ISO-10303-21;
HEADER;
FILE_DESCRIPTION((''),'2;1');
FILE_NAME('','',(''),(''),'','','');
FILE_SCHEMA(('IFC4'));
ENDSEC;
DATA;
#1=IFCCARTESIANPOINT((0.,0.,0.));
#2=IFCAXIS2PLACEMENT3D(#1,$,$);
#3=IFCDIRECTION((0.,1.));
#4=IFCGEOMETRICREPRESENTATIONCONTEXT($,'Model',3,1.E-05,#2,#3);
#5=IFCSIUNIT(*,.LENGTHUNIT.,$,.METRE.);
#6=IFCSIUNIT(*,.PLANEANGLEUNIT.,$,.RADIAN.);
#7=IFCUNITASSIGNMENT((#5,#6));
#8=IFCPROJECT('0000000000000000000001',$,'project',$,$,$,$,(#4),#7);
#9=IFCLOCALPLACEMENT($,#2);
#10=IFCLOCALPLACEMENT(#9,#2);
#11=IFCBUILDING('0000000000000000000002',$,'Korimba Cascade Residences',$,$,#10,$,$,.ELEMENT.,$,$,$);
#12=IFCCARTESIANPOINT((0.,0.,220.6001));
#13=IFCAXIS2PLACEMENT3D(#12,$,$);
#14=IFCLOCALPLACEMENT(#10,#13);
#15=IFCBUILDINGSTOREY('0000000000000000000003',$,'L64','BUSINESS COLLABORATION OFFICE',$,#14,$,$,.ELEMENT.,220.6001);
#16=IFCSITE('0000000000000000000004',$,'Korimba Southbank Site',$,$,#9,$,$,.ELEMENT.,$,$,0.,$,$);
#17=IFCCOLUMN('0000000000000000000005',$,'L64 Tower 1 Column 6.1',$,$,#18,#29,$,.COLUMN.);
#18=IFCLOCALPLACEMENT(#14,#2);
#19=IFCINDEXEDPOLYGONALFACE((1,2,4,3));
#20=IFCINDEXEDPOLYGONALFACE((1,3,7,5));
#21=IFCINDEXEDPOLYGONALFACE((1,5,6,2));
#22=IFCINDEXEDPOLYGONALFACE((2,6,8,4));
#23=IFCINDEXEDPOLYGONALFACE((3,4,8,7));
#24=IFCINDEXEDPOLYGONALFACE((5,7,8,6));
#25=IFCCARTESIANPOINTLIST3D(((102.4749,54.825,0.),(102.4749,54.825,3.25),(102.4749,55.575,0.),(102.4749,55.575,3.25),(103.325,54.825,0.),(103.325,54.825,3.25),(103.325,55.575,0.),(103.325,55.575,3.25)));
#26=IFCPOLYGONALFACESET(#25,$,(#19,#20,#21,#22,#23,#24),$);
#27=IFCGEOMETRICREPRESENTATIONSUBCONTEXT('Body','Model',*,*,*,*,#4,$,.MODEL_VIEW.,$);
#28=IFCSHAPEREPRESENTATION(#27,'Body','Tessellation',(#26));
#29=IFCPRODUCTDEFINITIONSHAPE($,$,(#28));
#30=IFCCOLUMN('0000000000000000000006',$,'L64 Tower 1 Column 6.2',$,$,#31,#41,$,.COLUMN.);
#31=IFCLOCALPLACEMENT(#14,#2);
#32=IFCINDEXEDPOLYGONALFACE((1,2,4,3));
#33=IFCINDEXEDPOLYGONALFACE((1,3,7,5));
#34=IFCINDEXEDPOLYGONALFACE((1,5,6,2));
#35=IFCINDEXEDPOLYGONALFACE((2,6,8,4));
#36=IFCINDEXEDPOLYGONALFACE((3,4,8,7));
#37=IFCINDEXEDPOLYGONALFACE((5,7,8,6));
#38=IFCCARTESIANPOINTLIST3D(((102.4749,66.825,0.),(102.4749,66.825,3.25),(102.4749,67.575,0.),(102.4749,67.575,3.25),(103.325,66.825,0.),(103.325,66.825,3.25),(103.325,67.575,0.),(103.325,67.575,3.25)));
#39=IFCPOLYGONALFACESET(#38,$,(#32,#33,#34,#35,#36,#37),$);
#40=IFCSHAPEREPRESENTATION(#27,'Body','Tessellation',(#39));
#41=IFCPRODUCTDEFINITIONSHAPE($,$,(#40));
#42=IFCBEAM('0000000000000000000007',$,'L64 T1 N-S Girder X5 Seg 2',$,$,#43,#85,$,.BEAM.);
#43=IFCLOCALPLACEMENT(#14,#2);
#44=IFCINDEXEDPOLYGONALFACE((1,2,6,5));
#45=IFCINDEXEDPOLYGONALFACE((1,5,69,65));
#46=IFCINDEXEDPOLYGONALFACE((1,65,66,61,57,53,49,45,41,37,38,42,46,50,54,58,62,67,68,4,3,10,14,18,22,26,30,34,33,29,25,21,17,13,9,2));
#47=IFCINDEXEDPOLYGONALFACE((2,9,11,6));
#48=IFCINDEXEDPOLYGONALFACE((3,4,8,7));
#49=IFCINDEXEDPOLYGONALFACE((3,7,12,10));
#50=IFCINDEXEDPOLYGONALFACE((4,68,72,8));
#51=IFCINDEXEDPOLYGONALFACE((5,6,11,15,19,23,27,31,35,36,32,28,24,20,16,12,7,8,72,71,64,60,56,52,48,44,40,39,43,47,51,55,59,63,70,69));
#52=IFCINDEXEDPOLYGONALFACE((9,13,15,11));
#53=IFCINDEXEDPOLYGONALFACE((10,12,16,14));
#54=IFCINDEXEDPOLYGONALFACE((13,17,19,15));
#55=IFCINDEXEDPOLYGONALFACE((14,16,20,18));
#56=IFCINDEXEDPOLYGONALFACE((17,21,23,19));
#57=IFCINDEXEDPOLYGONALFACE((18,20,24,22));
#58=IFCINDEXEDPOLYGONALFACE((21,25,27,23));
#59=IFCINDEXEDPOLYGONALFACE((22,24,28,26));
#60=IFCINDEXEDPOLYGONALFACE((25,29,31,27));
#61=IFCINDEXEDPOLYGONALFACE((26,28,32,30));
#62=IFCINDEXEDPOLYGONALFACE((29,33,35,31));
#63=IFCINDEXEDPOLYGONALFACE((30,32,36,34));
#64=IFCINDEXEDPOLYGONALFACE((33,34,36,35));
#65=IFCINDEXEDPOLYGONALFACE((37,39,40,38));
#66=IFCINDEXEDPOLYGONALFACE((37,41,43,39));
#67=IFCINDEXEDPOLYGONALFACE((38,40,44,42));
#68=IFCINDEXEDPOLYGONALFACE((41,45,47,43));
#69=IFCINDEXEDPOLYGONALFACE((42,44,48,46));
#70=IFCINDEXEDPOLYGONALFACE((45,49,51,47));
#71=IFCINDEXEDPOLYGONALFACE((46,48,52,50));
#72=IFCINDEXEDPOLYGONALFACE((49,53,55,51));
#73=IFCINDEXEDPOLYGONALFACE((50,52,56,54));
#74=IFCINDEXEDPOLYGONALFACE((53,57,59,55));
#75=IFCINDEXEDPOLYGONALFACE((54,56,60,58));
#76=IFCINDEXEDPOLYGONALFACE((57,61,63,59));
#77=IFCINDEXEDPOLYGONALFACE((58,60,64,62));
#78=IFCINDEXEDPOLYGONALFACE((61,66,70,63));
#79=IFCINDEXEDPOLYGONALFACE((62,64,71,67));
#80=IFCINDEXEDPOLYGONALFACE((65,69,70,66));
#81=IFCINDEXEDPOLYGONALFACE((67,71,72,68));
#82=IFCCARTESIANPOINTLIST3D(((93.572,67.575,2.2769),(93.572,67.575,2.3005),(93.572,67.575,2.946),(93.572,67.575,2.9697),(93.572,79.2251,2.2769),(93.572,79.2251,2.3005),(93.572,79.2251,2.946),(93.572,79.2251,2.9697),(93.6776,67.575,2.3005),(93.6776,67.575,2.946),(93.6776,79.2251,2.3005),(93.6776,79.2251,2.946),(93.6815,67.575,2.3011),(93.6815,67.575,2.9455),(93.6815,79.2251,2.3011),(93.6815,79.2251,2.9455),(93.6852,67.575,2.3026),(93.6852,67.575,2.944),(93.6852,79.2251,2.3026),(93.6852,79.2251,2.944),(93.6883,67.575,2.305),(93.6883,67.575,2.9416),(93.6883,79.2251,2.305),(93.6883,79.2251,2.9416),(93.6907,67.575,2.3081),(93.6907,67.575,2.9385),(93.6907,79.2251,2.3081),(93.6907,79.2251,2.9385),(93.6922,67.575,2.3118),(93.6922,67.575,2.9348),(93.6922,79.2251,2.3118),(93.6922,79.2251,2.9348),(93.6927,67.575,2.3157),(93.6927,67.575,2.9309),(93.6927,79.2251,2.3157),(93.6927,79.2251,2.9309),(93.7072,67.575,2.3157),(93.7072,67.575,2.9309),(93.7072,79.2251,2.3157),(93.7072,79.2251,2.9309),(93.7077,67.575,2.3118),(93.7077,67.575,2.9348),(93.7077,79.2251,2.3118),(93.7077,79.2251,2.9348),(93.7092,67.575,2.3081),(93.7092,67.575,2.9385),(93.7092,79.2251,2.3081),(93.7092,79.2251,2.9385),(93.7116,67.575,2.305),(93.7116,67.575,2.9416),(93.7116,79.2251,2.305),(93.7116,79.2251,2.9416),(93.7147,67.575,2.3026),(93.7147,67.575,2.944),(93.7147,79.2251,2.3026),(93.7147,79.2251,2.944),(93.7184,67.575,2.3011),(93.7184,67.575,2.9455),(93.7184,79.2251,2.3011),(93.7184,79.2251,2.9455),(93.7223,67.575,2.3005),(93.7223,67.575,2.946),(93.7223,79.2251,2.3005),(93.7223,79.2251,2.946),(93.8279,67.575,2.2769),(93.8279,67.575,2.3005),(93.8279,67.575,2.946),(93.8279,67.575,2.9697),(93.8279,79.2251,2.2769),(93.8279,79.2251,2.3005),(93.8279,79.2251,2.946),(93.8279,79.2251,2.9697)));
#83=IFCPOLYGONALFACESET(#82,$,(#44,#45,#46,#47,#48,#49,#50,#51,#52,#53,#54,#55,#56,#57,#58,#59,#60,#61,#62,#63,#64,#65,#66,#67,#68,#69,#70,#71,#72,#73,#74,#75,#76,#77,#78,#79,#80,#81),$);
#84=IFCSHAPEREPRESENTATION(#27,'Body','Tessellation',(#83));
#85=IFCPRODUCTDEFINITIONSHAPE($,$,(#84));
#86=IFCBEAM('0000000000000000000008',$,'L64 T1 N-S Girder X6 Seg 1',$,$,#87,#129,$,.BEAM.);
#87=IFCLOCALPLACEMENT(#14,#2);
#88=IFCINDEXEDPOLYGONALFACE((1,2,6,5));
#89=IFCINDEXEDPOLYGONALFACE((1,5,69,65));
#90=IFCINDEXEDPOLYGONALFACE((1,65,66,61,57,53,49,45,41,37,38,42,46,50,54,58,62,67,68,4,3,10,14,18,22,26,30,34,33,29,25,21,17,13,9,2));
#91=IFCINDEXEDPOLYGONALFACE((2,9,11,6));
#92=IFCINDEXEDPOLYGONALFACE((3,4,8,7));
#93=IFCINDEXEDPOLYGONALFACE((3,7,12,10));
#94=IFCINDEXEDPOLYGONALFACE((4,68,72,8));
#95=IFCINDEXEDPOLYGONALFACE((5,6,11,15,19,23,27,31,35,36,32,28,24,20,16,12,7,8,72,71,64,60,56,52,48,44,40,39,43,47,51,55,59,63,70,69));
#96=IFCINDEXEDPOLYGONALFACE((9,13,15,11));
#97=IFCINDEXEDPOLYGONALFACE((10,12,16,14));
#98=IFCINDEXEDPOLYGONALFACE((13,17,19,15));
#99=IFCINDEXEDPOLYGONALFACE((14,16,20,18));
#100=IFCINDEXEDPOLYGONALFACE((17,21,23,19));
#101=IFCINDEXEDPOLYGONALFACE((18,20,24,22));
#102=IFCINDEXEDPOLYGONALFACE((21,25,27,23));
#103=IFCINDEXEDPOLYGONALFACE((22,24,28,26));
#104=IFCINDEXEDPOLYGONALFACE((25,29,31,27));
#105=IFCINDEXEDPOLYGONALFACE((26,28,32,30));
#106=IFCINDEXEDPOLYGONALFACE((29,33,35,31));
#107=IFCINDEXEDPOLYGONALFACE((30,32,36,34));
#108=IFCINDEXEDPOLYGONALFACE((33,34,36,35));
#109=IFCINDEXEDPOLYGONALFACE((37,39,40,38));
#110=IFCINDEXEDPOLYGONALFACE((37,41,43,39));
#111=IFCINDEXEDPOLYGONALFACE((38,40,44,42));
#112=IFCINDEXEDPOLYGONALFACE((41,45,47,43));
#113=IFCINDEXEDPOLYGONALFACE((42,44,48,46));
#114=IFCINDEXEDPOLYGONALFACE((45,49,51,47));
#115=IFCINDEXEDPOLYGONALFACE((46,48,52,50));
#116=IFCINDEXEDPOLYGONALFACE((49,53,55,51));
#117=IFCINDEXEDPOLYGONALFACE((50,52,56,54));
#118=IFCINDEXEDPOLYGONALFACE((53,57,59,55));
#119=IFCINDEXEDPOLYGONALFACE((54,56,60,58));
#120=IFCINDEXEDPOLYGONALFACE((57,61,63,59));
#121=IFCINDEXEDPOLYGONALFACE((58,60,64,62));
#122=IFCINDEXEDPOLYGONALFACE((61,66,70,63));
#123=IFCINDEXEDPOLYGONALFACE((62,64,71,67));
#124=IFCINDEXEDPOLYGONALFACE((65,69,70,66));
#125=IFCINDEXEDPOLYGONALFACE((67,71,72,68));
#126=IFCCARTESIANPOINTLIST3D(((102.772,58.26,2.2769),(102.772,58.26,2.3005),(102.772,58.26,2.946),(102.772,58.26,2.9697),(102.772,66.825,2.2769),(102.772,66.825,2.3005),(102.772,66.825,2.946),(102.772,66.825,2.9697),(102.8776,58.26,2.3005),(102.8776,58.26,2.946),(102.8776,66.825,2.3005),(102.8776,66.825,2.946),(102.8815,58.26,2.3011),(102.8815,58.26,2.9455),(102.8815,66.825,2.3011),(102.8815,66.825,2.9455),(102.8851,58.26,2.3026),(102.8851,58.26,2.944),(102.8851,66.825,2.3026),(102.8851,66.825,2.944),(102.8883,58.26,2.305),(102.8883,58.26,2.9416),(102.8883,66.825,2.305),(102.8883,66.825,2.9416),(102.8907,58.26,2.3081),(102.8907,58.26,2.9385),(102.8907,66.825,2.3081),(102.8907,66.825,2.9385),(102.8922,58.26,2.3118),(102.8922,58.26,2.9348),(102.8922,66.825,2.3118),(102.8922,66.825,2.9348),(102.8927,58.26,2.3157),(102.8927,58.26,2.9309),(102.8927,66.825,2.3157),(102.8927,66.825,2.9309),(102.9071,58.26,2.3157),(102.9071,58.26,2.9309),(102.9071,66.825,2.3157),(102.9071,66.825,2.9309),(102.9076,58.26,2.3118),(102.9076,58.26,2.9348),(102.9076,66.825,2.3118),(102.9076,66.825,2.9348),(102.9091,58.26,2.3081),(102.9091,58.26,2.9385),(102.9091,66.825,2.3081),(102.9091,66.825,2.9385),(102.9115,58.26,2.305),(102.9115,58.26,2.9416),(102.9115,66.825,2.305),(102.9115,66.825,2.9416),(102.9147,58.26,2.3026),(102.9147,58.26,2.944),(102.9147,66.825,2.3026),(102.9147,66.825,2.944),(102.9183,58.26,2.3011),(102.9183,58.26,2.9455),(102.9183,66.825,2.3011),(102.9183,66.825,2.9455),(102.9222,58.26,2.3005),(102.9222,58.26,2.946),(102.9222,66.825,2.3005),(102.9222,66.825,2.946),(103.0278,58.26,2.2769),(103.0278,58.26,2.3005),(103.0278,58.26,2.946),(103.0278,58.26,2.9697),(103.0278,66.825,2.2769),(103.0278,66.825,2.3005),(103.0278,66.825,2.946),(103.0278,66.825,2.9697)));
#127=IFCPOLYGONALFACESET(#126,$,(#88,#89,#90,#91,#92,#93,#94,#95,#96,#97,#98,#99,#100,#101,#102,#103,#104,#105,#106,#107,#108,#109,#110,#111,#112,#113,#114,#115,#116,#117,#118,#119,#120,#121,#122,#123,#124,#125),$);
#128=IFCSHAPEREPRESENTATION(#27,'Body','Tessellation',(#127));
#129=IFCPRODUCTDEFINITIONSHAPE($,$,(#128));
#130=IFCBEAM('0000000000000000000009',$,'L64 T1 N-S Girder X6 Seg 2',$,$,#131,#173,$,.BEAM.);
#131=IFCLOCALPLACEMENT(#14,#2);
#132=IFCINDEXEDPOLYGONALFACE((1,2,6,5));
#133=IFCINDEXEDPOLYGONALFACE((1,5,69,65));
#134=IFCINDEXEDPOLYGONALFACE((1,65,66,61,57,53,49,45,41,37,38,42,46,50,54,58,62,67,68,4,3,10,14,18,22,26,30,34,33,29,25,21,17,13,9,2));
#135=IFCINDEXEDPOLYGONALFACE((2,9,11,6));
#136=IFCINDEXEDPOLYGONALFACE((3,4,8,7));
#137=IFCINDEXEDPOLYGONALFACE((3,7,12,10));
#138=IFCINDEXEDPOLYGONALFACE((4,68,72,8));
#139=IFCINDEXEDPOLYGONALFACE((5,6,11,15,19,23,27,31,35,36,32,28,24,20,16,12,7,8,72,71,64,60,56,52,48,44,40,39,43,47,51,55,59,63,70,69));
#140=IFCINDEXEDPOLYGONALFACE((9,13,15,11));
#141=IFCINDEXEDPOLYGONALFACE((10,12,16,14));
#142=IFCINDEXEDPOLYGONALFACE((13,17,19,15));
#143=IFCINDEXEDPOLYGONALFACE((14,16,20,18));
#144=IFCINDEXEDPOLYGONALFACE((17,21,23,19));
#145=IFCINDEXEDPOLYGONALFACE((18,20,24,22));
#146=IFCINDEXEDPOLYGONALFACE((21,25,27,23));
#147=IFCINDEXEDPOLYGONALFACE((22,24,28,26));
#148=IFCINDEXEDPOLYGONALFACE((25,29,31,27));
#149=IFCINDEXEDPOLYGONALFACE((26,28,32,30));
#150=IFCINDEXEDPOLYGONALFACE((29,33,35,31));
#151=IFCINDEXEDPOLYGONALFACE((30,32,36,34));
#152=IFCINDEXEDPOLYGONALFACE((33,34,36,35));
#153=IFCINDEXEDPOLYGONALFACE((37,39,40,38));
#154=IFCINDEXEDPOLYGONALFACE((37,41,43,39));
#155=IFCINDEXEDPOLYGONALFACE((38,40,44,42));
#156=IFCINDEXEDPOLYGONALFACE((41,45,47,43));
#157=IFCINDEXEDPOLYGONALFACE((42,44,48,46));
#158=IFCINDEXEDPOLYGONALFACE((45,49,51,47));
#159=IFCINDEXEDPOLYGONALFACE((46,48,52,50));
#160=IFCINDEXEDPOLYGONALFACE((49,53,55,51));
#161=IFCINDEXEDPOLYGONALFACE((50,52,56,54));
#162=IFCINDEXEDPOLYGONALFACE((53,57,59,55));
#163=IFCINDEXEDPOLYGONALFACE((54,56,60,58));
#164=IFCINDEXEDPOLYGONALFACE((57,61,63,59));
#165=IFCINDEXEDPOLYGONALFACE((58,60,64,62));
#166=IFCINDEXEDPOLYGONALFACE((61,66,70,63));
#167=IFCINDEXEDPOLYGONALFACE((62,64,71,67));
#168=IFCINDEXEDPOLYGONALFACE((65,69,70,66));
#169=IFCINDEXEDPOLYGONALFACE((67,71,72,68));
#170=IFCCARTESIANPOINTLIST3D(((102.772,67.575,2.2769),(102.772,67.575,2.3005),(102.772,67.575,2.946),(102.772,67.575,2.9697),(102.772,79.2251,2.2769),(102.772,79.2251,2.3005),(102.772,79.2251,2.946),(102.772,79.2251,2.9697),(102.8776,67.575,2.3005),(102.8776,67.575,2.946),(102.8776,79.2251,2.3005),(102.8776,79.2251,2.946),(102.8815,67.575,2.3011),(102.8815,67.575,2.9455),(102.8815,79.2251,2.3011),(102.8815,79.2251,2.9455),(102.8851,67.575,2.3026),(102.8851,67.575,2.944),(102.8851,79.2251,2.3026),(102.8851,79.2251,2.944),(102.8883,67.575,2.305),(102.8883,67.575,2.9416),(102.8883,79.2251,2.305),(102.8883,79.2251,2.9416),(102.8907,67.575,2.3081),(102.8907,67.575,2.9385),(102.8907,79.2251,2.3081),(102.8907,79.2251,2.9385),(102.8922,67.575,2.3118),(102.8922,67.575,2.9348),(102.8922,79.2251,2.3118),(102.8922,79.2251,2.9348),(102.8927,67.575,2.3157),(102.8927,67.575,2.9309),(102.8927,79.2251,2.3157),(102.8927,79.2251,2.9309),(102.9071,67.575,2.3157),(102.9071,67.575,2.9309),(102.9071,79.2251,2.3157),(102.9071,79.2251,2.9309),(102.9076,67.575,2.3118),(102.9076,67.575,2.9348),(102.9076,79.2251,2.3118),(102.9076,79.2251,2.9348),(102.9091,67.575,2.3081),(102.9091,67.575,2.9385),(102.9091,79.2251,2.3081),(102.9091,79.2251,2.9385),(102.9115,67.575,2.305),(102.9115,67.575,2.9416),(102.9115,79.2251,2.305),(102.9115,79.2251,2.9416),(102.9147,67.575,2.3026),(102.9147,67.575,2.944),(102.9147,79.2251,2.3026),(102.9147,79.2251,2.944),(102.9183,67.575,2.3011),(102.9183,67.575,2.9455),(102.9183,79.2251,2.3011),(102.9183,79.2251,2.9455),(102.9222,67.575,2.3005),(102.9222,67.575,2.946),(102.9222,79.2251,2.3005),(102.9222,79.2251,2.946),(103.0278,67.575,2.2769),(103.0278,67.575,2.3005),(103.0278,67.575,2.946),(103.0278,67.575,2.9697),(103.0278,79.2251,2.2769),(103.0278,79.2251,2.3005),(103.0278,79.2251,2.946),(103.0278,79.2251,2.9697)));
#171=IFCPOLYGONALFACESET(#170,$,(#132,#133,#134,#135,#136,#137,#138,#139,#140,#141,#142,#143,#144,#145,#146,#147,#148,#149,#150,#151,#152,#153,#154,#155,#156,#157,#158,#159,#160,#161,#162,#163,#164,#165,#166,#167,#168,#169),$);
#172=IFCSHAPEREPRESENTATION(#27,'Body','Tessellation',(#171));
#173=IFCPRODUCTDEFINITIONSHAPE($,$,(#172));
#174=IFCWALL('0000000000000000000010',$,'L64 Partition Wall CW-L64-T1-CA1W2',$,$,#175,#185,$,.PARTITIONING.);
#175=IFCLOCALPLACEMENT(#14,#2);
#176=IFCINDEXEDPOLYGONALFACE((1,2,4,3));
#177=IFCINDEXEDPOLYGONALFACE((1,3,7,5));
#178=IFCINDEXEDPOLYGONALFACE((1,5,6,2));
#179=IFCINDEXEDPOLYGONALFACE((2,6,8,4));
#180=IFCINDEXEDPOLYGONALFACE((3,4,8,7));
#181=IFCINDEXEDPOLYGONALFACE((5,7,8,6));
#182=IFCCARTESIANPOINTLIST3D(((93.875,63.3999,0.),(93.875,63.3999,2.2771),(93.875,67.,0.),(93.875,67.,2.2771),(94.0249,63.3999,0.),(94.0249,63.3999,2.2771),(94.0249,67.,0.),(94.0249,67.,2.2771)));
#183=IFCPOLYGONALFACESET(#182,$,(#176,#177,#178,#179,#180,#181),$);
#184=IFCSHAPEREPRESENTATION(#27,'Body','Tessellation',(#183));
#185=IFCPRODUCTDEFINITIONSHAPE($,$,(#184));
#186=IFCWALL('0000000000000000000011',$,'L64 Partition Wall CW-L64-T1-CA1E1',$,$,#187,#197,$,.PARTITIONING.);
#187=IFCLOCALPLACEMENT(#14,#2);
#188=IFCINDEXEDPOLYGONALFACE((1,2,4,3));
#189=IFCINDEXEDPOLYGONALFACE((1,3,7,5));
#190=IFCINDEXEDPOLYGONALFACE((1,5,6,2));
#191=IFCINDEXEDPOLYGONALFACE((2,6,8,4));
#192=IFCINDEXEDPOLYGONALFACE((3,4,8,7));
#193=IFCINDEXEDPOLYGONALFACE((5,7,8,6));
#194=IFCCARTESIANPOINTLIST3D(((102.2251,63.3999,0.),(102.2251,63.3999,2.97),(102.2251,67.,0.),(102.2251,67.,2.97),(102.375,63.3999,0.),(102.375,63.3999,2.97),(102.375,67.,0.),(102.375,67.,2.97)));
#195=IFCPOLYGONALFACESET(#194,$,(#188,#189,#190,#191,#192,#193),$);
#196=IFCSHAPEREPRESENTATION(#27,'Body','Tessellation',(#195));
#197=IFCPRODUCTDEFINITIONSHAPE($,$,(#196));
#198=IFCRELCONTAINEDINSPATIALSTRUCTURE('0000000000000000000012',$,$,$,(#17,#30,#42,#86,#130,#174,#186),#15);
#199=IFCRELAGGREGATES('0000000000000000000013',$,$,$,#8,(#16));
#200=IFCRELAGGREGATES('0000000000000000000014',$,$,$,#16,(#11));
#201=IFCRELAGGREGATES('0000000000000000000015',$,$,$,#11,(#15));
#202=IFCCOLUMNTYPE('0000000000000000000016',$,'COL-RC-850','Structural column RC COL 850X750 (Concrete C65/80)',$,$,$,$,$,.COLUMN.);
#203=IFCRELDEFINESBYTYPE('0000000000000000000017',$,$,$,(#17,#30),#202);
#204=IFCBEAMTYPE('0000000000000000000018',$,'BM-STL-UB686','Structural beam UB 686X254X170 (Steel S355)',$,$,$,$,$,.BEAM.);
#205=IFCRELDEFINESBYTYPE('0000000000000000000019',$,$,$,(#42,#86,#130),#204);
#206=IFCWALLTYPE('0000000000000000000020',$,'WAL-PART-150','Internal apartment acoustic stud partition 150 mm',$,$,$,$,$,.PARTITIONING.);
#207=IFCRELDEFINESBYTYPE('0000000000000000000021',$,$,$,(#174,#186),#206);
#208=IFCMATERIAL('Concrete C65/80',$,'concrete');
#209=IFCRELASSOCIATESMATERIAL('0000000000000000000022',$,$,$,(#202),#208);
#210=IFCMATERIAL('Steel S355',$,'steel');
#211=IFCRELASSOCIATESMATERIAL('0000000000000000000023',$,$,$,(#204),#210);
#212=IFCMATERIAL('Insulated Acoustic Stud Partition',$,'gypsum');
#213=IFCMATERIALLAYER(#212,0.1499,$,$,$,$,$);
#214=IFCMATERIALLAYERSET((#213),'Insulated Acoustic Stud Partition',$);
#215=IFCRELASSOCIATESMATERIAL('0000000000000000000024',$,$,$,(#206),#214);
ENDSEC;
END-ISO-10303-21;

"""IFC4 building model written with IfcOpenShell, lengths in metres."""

from ifc_helpers import new_model, si_unit, direction, frame, frame_2d, origin, origin_2d, place, context, subcontext, project, spatial, rectangle, i_section, extrude, material, layer, layer_set, material_profile, profile_set, type_object, element, save


model = new_model("IFC4")

# Units and contexts
model_context = context("Model", 3, precision=1e-05, world=origin(), true_north=direction((0.0, 1.0)))
body_context = subcontext(model_context, "Body", "Model", "MODEL_VIEW")
ifc_project = project(units=[si_unit("LENGTHUNIT", "METRE"), si_unit("PLANEANGLEUNIT", "RADIAN")], contexts=[model_context])

# Site, building, storey
site_placement = place(None, origin())
site = spatial("IfcSite", under=ifc_project, at=site_placement, Name="Korimba Southbank Site", CompositionType="ELEMENT", RefElevation=0.0)
building_placement = place(site_placement, origin())
building = spatial("IfcBuilding", under=site, at=building_placement, Name="Korimba Cascade Residences", CompositionType="ELEMENT")
storey_placement = place(building_placement, frame((0.0, 0.0, 220.6001)))
storey = spatial("IfcBuildingStorey", under=building, at=storey_placement, Name="L64", Description="BUSINESS COLLABORATION OFFICE", CompositionType="ELEMENT", Elevation=220.6001)

# Columns
ifc_material_1 = material(Name="Concrete C65/80", Category="concrete")
ifc_material_profile_1 = material_profile(ifc_material_1, rectangle(XDim=0.8501, YDim=0.75, at=origin_2d()), Name="Concrete C65/80")
ifc_profile_set_1 = profile_set([ifc_material_profile_1], Name="Concrete C65/80")
column_type = type_object("IfcColumnType", Name="COL-RC-850", Description="Structural column RC COL 850X750 (Concrete C65/80)", PredefinedType="COLUMN", material=ifc_profile_set_1)
for number, where, z_axis, x_axis, name in (
    (1, (102.8999, 55.2, 0.0), (0.0, 0.0, 1.0), (1.0, 0.0, 0.0), "L64 Tower 1 Column 6.1"),
    (2, (102.8999, 67.2, 0.0), (0.0, 0.0, 1.0), (1.0, 0.0, 0.0), "L64 Tower 1 Column 6.2"),
):
    element("IfcColumn", number, at=place(storey_placement, frame(where, z_axis=z_axis, x_axis=x_axis)), inside=storey, type_object=column_type, Name=name, PredefinedType="COLUMN", context=body_context, shape_type="SweptSolid", body=[
        extrude(rectangle(XDim=0.8501, YDim=0.75, at=origin_2d()), origin(), (0.0, 0.0, 1.0), 3.25),
    ])

# Beams
ifc_material_2 = material(Name="Steel S355", Category="steel")
ifc_material_profile_2 = material_profile(ifc_material_2, i_section(OverallWidth=0.2559, OverallDepth=0.6929, WebThickness=0.0144, FlangeThickness=0.0237, FilletRadius=0.0151, at=origin_2d()), Name="Steel S355")
ifc_profile_set_2 = profile_set([ifc_material_profile_2], Name="Steel S355")
beam_type = type_object("IfcBeamType", Name="BM-STL-UB686", Description="Structural beam UB 686X254X170 (Steel S355)", PredefinedType="BEAM", material=ifc_profile_set_2)
beam_1_placement = place(storey_placement, frame((93.7, 67.575, 2.6233), z_axis=(0.0, 1.0, 0.0), x_axis=(-1.0, 0.0, 0.0)))
element("IfcBeam", 3, at=beam_1_placement, inside=storey, type_object=beam_type, Name="L64 T1 N-S Girder X5 Seg 2", PredefinedType="BEAM", context=body_context, shape_type="SweptSolid", body=[
    extrude(i_section(OverallWidth=0.2559, OverallDepth=0.6929, WebThickness=0.0144, FlangeThickness=0.0237, FilletRadius=0.0151, at=origin_2d()), origin(), (0.0, 0.0, 1.0), 11.6501),
])
beam_2_placement = place(storey_placement, frame((102.8999, 58.26, 2.6233), z_axis=(0.0, 1.0, 0.0), x_axis=(-1.0, 0.0, 0.0)))
element("IfcBeam", 4, at=beam_2_placement, inside=storey, type_object=beam_type, Name="L64 T1 N-S Girder X6 Seg 1", PredefinedType="BEAM", context=body_context, shape_type="SweptSolid", body=[
    extrude(i_section(OverallWidth=0.2559, OverallDepth=0.6929, WebThickness=0.0144, FlangeThickness=0.0237, FilletRadius=0.0151, at=origin_2d()), origin(), (0.0, 0.0, 1.0), 8.5649),
])
beam_3_placement = place(storey_placement, frame((102.8999, 67.575, 2.6233), z_axis=(0.0, 1.0, 0.0), x_axis=(-1.0, 0.0, 0.0)))
element("IfcBeam", 5, at=beam_3_placement, inside=storey, type_object=beam_type, Name="L64 T1 N-S Girder X6 Seg 2", PredefinedType="BEAM", context=body_context, shape_type="SweptSolid", body=[
    extrude(i_section(OverallWidth=0.2559, OverallDepth=0.6929, WebThickness=0.0144, FlangeThickness=0.0237, FilletRadius=0.0151, at=origin_2d()), origin(), (0.0, 0.0, 1.0), 11.6501),
])

# Walls
ifc_material_3 = material(Name="Insulated Acoustic Stud Partition", Category="gypsum")
ifc_layer_1 = layer(ifc_material_3, 0.1499)
ifc_layer_set_1 = layer_set([ifc_layer_1], Name="Insulated Acoustic Stud Partition")
wall_type_1 = type_object("IfcWallType", Name="WAL-PART-150", Description="Internal apartment acoustic stud partition 150 mm", PredefinedType="PARTITIONING", material=ifc_layer_set_1)
wall_1_placement = place(storey_placement, frame((93.95, 63.3999, 0.0), z_axis=(0.0, 0.0, 1.0), x_axis=(0.0, 1.0, 0.0)))
element("IfcWall", 6, at=wall_1_placement, inside=storey, type_object=wall_type_1, Name="L64 Partition Wall CW-L64-T1-CA1W2", PredefinedType="PARTITIONING", context=body_context, shape_type="SweptSolid", body=[
    extrude(rectangle(XDim=3.6001, YDim=0.1499, at=frame_2d((1.8, 0.0))), origin(), (0.0, 0.0, 1.0), 2.2771),
])
for number, where, z_axis, x_axis, name in (
    (7, (102.3, 63.3999, 0.0), (0.0, 0.0, 1.0), (0.0, 1.0, 0.0), "L64 Partition Wall CW-L64-T1-CA1E1"),
):
    element("IfcWall", number, at=place(storey_placement, frame(where, z_axis=z_axis, x_axis=x_axis)), inside=storey, type_object=wall_type_1, Name=name, PredefinedType="PARTITIONING", context=body_context, shape_type="SweptSolid", body=[
        extrude(rectangle(XDim=3.6001, YDim=0.1499, at=frame_2d((1.8, 0.0))), origin(), (0.0, 0.0, 1.0), 2.97),
    ])

save(model, "model.ifc")
